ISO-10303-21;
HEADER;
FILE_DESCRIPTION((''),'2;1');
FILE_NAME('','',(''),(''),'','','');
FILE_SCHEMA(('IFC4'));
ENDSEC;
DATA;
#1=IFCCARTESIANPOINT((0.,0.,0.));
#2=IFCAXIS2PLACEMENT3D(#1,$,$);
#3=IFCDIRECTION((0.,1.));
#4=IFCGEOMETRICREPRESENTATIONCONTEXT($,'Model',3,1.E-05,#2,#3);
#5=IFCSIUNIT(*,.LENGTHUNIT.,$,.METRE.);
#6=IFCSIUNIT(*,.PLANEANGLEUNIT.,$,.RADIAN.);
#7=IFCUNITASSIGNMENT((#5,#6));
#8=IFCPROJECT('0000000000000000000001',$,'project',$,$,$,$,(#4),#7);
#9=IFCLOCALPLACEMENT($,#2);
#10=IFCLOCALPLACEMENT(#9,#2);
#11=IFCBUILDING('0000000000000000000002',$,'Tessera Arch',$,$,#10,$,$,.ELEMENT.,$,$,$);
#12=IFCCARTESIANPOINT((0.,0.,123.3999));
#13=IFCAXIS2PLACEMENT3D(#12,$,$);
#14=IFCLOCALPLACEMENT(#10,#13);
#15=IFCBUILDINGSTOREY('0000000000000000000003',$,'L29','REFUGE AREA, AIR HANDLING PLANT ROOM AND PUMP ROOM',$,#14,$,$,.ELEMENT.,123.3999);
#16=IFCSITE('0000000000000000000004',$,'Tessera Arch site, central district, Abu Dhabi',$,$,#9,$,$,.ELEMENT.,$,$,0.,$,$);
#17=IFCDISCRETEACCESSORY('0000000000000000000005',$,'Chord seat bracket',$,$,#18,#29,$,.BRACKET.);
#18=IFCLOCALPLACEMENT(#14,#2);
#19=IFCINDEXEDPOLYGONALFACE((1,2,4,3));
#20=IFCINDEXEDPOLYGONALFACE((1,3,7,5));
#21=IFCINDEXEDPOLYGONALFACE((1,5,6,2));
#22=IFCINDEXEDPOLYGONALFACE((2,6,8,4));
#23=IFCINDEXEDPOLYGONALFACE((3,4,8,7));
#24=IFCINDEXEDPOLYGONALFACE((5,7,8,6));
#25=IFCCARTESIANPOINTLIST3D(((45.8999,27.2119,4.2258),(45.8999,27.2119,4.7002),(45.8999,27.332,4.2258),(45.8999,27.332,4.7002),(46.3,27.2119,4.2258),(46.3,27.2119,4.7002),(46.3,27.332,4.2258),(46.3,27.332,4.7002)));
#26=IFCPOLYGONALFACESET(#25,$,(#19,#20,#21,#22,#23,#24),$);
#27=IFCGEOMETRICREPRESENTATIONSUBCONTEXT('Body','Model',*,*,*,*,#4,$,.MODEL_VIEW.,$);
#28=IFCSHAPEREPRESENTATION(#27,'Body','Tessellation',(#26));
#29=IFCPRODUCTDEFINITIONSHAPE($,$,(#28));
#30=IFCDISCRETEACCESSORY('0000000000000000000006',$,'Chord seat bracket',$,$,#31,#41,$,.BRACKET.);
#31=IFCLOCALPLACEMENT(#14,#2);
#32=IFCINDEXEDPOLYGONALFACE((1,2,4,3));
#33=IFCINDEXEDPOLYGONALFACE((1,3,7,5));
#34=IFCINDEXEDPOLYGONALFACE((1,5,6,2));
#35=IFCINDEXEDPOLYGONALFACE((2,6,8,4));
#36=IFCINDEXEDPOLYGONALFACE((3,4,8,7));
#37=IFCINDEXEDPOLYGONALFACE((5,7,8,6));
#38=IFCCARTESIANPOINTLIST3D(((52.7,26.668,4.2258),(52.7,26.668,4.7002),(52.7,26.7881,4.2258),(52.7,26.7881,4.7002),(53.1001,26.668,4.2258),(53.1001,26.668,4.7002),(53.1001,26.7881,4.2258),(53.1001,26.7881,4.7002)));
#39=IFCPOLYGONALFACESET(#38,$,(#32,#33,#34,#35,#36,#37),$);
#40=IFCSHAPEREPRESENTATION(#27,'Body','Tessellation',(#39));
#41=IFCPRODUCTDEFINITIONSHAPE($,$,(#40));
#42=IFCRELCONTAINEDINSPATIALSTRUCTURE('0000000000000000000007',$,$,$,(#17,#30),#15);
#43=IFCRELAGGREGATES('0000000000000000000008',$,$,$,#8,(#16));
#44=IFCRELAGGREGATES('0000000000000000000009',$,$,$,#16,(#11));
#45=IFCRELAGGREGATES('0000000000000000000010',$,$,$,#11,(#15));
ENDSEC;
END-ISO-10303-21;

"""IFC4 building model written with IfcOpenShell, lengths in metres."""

from ifc_helpers import new_model, si_unit, direction, frame, origin, place, context, subcontext, project, spatial, polyline, outline, extrude, element, save


model = new_model("IFC4")

# Units and contexts
model_context = context("Model", 3, precision=1e-05, world=origin(), true_north=direction((0.0, 1.0)))
body_context = subcontext(model_context, "Body", "Model", "MODEL_VIEW")
ifc_project = project(units=[si_unit("LENGTHUNIT", "METRE"), si_unit("PLANEANGLEUNIT", "RADIAN")], contexts=[model_context])

# Site, building, storey
site_placement = place(None, origin())
site = spatial("IfcSite", under=ifc_project, at=site_placement, Name="Tessera Arch site, central district, Abu Dhabi", CompositionType="ELEMENT", RefElevation=0.0)
building_placement = place(site_placement, origin())
building = spatial("IfcBuilding", under=site, at=building_placement, Name="Tessera Arch", CompositionType="ELEMENT")
storey_placement = place(building_placement, frame((0.0, 0.0, 123.3999)))
storey = spatial("IfcBuildingStorey", under=building, at=storey_placement, Name="L29", Description="REFUGE AREA, AIR HANDLING PLANT ROOM AND PUMP ROOM", CompositionType="ELEMENT", Elevation=123.3999)

# Discrete accessories
discrete_accessory_1_placement = place(storey_placement, frame((0.0, 0.0, 4.2258)))
element("IfcDiscreteAccessory", 1, at=discrete_accessory_1_placement, inside=storey, Name="Chord seat bracket", PredefinedType="BRACKET", context=body_context, shape_type="SweptSolid", body=[
    extrude(outline(polyline([(46.3, 27.2119), (45.8999, 27.2119), (45.8999, 27.332), (46.3, 27.332), (46.3, 27.2119)])), origin(), (0.0, 0.0, 1.0), 0.4744),
])
discrete_accessory_2_placement = place(storey_placement, frame((0.0, 0.0, 4.2258)))
element("IfcDiscreteAccessory", 2, at=discrete_accessory_2_placement, inside=storey, Name="Chord seat bracket", PredefinedType="BRACKET", context=body_context, shape_type="SweptSolid", body=[
    extrude(outline(polyline([(52.7, 26.7881), (53.1001, 26.7881), (53.1001, 26.668), (52.7, 26.668), (52.7, 26.7881)])), origin(), (0.0, 0.0, 1.0), 0.4744),
])

save(model, "model.ifc")
